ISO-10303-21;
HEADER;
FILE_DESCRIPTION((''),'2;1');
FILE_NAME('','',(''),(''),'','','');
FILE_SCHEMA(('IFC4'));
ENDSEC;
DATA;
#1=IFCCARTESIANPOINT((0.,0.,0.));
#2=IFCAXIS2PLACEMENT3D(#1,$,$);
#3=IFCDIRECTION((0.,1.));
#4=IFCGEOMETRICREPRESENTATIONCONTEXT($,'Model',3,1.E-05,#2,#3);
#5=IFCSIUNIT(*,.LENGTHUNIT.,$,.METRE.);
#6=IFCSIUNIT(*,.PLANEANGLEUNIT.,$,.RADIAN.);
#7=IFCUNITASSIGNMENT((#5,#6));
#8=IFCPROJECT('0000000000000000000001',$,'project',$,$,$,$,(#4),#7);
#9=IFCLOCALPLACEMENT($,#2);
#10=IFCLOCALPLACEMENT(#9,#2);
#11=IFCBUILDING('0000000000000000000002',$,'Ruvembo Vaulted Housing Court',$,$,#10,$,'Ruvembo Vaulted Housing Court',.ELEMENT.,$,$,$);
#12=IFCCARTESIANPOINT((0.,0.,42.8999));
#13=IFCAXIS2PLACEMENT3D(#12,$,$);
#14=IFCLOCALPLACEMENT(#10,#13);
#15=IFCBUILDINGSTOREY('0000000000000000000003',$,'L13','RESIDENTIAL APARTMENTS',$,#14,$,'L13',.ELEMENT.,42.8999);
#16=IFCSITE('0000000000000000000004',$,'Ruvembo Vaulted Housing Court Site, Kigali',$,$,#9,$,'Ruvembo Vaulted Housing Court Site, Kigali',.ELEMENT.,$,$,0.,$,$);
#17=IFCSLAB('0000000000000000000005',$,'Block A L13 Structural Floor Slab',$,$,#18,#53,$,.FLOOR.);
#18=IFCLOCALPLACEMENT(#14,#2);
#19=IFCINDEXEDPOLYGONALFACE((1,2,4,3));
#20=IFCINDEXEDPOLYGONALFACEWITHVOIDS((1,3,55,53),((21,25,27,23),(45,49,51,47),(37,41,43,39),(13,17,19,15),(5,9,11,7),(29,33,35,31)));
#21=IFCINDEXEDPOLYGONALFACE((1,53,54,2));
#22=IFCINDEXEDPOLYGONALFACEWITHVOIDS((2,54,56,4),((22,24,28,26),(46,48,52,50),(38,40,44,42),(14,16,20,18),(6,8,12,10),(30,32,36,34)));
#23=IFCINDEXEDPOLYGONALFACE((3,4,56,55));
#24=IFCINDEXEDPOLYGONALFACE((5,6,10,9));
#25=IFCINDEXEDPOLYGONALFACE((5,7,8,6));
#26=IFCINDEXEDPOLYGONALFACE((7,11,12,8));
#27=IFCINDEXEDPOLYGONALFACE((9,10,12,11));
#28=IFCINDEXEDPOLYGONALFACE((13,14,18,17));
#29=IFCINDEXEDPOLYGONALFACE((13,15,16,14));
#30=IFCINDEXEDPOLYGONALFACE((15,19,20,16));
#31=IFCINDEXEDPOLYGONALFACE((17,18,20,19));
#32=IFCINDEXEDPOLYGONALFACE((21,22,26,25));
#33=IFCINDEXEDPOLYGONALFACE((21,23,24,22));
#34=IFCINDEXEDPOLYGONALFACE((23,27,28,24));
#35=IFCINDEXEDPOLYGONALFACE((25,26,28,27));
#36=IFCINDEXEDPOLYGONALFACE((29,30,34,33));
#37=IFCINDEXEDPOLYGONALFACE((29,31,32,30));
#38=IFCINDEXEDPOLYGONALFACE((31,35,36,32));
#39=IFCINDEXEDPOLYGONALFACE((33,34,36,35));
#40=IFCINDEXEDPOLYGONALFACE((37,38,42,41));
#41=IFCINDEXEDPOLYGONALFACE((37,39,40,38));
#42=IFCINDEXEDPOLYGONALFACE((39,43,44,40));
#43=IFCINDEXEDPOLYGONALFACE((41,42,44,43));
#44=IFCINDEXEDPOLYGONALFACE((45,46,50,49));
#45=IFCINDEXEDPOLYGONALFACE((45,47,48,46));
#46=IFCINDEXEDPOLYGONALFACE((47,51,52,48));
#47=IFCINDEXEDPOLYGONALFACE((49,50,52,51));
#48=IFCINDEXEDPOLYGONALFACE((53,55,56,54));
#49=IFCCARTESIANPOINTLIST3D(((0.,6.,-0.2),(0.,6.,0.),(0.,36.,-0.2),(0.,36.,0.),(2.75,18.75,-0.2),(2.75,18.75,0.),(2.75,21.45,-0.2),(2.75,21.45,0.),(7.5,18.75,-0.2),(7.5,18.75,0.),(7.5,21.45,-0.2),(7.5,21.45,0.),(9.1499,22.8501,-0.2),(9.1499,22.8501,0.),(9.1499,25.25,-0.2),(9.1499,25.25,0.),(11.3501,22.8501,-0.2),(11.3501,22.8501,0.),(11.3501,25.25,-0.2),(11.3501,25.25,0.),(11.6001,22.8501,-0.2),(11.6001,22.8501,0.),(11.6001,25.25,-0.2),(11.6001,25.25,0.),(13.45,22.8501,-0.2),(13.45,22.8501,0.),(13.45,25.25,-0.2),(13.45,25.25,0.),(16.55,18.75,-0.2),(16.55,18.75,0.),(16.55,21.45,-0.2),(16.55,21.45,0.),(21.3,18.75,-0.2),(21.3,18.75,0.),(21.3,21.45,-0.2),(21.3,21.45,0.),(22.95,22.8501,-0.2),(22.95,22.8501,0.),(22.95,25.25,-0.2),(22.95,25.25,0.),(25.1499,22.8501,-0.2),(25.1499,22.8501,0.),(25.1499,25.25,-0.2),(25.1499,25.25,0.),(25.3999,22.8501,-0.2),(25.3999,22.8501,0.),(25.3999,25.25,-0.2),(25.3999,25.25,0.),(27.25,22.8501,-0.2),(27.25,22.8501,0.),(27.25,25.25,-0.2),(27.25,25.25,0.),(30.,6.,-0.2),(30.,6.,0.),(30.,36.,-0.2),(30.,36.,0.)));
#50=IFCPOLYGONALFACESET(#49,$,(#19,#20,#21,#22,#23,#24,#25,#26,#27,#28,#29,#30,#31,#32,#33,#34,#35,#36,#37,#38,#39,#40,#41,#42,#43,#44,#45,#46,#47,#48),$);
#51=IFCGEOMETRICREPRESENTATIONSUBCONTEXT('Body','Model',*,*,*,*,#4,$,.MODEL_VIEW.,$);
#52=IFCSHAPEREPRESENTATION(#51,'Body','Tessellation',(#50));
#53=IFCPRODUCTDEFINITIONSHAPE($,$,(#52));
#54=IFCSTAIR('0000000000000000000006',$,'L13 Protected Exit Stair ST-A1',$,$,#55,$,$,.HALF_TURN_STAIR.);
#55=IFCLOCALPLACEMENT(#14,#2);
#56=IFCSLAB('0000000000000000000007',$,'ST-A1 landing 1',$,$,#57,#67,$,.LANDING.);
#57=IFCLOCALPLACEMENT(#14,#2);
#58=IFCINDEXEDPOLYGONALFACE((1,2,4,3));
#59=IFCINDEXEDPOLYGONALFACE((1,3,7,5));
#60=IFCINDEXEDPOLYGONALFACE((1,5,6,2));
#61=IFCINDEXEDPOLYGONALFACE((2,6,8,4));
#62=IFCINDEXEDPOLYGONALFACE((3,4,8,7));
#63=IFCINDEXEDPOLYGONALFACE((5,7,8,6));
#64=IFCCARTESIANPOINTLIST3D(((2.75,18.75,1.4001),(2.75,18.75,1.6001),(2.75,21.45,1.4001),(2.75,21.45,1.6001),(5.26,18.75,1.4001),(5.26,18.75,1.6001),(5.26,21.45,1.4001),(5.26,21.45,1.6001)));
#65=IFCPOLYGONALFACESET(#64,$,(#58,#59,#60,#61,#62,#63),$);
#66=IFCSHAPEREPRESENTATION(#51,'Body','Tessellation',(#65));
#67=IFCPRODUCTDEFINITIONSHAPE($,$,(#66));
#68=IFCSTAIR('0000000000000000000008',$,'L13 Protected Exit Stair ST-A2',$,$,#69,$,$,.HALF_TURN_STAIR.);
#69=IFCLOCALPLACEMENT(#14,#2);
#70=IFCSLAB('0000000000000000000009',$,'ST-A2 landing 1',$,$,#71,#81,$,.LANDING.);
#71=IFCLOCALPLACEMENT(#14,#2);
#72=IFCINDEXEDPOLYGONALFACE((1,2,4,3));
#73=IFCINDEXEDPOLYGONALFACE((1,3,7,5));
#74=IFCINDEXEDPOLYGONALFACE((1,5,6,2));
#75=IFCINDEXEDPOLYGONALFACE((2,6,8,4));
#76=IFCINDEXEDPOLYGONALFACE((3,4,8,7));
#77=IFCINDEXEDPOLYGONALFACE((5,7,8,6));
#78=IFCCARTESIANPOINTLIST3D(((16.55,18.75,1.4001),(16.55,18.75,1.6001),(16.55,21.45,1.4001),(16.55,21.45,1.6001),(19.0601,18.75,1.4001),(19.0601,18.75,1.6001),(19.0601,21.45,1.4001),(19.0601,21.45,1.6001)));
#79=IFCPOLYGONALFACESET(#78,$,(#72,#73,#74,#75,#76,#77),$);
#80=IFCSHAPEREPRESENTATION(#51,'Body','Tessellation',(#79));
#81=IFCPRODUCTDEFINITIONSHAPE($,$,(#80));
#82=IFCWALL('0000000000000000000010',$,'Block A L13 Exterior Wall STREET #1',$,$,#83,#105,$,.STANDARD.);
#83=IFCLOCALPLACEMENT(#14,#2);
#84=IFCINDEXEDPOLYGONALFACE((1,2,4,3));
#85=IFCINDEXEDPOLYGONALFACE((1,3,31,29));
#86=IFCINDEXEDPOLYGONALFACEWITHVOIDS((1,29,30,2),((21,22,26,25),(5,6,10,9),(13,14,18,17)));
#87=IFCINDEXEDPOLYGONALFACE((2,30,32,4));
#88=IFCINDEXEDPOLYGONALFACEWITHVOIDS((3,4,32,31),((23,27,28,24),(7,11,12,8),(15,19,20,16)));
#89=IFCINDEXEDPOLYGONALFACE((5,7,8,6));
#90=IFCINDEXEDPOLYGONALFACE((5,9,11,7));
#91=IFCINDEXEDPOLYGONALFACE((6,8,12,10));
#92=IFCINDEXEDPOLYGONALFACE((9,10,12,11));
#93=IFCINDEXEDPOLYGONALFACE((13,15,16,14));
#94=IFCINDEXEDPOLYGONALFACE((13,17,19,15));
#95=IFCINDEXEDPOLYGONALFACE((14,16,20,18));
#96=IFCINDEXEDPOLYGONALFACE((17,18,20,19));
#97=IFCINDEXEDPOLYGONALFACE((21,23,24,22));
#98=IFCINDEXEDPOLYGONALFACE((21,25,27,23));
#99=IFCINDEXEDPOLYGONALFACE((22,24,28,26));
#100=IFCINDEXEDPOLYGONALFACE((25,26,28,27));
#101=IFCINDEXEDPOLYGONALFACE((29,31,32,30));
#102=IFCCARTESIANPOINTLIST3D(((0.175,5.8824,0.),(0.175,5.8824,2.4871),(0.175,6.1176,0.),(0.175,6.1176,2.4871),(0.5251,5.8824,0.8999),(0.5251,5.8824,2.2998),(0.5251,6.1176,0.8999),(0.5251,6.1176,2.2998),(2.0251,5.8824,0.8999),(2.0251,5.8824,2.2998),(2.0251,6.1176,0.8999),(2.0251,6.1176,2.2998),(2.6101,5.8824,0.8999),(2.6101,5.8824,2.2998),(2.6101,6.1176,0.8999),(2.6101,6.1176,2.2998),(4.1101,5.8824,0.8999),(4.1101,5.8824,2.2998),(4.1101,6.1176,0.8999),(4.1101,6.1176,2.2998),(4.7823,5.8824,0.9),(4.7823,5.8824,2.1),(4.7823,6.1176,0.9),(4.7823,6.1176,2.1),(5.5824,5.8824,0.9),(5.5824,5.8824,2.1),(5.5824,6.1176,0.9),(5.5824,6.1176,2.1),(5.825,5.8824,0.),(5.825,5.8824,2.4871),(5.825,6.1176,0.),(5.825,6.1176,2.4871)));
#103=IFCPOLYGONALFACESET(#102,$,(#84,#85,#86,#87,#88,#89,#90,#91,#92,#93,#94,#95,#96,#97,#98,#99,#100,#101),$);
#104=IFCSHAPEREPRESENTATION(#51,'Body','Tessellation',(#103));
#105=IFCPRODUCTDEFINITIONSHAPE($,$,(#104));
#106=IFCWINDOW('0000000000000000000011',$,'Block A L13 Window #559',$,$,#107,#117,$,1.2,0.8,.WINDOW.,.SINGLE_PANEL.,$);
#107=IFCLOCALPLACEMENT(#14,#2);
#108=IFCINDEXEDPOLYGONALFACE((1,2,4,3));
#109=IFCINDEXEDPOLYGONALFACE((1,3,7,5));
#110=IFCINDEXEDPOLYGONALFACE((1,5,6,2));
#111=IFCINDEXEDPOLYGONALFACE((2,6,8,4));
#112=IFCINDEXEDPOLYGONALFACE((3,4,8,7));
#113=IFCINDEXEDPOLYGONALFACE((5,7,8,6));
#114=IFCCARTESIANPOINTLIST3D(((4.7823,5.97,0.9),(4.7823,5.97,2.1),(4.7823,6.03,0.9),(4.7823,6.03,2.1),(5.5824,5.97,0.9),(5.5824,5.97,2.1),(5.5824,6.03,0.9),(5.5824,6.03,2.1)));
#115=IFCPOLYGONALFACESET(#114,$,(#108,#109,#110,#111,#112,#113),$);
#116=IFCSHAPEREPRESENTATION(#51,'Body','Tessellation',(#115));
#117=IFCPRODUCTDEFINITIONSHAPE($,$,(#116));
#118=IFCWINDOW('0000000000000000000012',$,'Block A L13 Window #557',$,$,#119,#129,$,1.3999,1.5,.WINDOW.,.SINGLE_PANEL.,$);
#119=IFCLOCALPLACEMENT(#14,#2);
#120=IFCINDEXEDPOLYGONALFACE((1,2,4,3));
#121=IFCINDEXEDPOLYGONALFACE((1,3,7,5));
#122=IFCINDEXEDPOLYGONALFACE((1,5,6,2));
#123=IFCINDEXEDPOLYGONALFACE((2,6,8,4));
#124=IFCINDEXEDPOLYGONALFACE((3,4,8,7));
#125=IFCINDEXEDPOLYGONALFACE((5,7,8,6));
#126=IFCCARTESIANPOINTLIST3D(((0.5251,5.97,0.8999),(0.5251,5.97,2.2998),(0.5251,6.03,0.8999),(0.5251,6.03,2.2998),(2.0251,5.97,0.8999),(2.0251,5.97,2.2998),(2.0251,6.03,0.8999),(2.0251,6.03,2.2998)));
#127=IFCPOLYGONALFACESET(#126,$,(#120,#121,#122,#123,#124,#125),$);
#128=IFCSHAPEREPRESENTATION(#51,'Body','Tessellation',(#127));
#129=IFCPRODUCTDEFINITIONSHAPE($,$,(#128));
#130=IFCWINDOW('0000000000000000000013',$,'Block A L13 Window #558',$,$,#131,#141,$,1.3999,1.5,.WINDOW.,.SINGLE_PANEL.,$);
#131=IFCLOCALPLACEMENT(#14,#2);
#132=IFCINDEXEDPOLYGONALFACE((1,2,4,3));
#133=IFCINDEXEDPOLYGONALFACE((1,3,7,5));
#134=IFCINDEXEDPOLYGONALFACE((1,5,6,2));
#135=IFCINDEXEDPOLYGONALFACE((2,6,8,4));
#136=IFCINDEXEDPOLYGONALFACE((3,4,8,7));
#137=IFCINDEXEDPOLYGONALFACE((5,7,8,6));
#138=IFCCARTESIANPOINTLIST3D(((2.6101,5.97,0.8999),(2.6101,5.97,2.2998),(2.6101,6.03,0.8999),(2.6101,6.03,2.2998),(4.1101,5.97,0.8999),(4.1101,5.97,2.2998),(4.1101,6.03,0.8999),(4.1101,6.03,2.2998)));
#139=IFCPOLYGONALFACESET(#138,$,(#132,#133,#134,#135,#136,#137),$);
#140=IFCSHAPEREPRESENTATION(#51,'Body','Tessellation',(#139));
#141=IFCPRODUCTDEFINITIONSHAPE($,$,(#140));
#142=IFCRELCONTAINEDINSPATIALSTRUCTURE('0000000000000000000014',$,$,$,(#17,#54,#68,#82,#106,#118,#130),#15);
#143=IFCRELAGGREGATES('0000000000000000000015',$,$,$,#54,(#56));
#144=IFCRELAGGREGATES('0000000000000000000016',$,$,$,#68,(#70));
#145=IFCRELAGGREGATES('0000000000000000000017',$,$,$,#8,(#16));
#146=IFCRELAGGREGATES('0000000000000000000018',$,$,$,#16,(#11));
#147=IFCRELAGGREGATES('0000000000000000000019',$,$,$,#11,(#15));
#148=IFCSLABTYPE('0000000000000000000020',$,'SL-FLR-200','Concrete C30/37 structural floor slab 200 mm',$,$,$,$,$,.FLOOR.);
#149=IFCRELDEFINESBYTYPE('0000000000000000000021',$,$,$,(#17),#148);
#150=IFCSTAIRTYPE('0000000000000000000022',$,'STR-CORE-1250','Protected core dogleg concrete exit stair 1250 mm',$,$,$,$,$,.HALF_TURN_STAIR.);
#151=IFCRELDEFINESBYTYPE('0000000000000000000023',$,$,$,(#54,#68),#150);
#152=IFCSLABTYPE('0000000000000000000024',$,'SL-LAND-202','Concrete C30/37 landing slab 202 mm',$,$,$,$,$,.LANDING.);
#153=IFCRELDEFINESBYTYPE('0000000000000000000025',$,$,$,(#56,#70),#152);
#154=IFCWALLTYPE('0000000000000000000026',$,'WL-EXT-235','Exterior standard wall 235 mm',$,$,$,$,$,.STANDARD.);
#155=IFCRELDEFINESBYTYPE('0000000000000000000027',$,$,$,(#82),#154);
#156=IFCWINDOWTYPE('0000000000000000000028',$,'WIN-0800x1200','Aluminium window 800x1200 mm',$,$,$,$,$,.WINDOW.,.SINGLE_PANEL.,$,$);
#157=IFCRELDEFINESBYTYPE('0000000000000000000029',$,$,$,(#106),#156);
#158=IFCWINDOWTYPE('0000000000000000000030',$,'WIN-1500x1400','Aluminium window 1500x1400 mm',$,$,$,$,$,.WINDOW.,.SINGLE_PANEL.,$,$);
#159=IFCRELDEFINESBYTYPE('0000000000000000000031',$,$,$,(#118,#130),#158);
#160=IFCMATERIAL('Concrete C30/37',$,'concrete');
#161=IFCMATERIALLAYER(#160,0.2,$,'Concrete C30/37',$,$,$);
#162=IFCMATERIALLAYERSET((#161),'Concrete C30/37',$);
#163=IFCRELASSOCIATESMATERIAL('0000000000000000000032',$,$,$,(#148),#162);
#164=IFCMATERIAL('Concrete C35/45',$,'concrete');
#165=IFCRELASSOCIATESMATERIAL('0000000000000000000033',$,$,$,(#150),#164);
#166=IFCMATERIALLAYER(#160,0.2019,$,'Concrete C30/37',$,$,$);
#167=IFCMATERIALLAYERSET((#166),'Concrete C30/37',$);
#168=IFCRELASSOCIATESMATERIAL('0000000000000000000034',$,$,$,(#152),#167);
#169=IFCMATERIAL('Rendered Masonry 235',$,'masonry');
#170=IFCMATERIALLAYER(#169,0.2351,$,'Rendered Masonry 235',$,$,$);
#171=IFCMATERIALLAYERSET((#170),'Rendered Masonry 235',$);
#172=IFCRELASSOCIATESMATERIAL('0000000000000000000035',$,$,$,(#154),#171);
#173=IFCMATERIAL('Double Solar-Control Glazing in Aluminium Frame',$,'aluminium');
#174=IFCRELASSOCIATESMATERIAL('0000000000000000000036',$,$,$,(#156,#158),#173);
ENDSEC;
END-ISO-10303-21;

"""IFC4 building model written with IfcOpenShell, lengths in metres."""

from ifc_helpers import new_model, si_unit, direction, frame, frame_2d, origin, place, context, subcontext, project, spatial, polyline, rectangle, outline, extrude, material, layer, layer_set, type_object, element, fill, aggregate, save


model = new_model("IFC4")

# Units and contexts
model_context = context("Model", 3, precision=1e-05, world=origin(), true_north=direction((0.0, 1.0)))
body_context = subcontext(model_context, "Body", "Model", "MODEL_VIEW")
ifc_project = project(units=[si_unit("LENGTHUNIT", "METRE"), si_unit("PLANEANGLEUNIT", "RADIAN")], contexts=[model_context])

# Site, building, storey
site_placement = place(None, origin())
site = spatial("IfcSite", under=ifc_project, at=site_placement, Name="Ruvembo Vaulted Housing Court Site, Kigali", LongName="Ruvembo Vaulted Housing Court Site, Kigali", CompositionType="ELEMENT", RefElevation=0.0)
building_placement = place(site_placement, origin())
building = spatial("IfcBuilding", under=site, at=building_placement, Name="Ruvembo Vaulted Housing Court", LongName="Ruvembo Vaulted Housing Court", CompositionType="ELEMENT")
storey_placement = place(building_placement, frame((0.0, 0.0, 42.8999)))
storey = spatial("IfcBuildingStorey", under=building, at=storey_placement, Name="L13", Description="RESIDENTIAL APARTMENTS", LongName="L13", CompositionType="ELEMENT", Elevation=42.8999)

# Shared definitions
ifc_material_1 = material(Name="Concrete C35/45", Category="concrete")

# Shared definitions
ifc_material_2 = material(Name="Concrete C30/37", Category="concrete")

# Slab
ifc_layer_1 = layer(ifc_material_2, 0.2, Name="Concrete C30/37")
ifc_layer_set_1 = layer_set([ifc_layer_1], Name="Concrete C30/37")
slab_type_1 = type_object("IfcSlabType", Name="SL-FLR-200", Description="Concrete C30/37 structural floor slab 200 mm", PredefinedType="FLOOR", material=ifc_layer_set_1)
slab_1_placement = place(storey_placement, frame((0.0, 0.0, -0.2)))
element("IfcSlab", 1, at=slab_1_placement, inside=storey, type_object=slab_type_1, Name="Block A L13 Structural Floor Slab", PredefinedType="FLOOR", context=body_context, shape_type="SweptSolid", body=[
    extrude(outline(polyline([(30.0, 6.0), (30.0, 36.0), (0.0, 36.0), (0.0, 6.0), (30.0, 6.0)]), holes=[polyline([(7.5, 21.45), (2.75, 21.45), (2.75, 18.75), (7.5, 18.75), (7.5, 21.45)]), polyline([(9.1499, 22.8501), (11.3501, 22.8501), (11.3501, 25.25), (9.1499, 25.25), (9.1499, 22.8501)]), polyline([(11.6001, 22.8501), (13.45, 22.8501), (13.45, 25.25), (11.6001, 25.25), (11.6001, 22.8501)]), polyline([(21.3, 21.45), (16.55, 21.45), (16.55, 18.75), (21.3, 18.75), (21.3, 21.45)]), polyline([(22.95, 22.8501), (25.1499, 22.8501), (25.1499, 25.25), (22.95, 25.25), (22.95, 22.8501)]), polyline([(25.3999, 22.8501), (27.25, 22.8501), (27.25, 25.25), (25.3999, 25.25), (25.3999, 22.8501)])]), origin(), (0.0, 0.0, 1.0), 0.2),
])

# Stairs, slabs
stair_type = type_object("IfcStairType", Name="STR-CORE-1250", Description="Protected core dogleg concrete exit stair 1250 mm", PredefinedType="HALF_TURN_STAIR", material=ifc_material_1)
stair_1_placement = place(storey_placement, origin())
stair_1 = element("IfcStair", 2, at=stair_1_placement, inside=storey, type_object=stair_type, Name="L13 Protected Exit Stair ST-A1", PredefinedType="HALF_TURN_STAIR")
ifc_layer_2 = layer(ifc_material_2, 0.2019, Name="Concrete C30/37")
ifc_layer_set_2 = layer_set([ifc_layer_2], Name="Concrete C30/37")
slab_type_2 = type_object("IfcSlabType", Name="SL-LAND-202", Description="Concrete C30/37 landing slab 202 mm", PredefinedType="LANDING", material=ifc_layer_set_2)
slab_2_placement = place(storey_placement, frame((0.0, 0.0, 1.4001)))
slab_2 = element("IfcSlab", 3, at=slab_2_placement, type_object=slab_type_2, Name="ST-A1 landing 1", PredefinedType="LANDING", context=body_context, shape_type="SweptSolid", body=[
    extrude(outline(polyline([(5.26, 21.45), (2.75, 21.45), (2.75, 18.75), (5.26, 18.75), (5.26, 21.45)])), origin(), (0.0, 0.0, 1.0), 0.2),
])
aggregate(stair_1, [slab_2])
stair_2_placement = place(storey_placement, origin())
stair_2 = element("IfcStair", 4, at=stair_2_placement, inside=storey, type_object=stair_type, Name="L13 Protected Exit Stair ST-A2", PredefinedType="HALF_TURN_STAIR")
slab_3_placement = place(storey_placement, frame((0.0, 0.0, 1.4001)))
slab_3 = element("IfcSlab", 5, at=slab_3_placement, type_object=slab_type_2, Name="ST-A2 landing 1", PredefinedType="LANDING", context=body_context, shape_type="SweptSolid", body=[
    extrude(outline(polyline([(19.0601, 21.45), (16.55, 21.45), (16.55, 18.75), (19.0601, 18.75), (19.0601, 21.45)])), origin(), (0.0, 0.0, 1.0), 0.2),
])
aggregate(stair_2, [slab_3])

# Wall, openings, windows
ifc_material_3 = material(Name="Rendered Masonry 235", Category="masonry")
ifc_layer_3 = layer(ifc_material_3, 0.2351, Name="Rendered Masonry 235")
ifc_layer_set_3 = layer_set([ifc_layer_3], Name="Rendered Masonry 235")
wall_type_1 = type_object("IfcWallType", Name="WL-EXT-235", Description="Exterior standard wall 235 mm", PredefinedType="STANDARD", material=ifc_layer_set_3)
wall_1_placement = place(storey_placement, frame((0.175, 6.0, 0.0), z_axis=(0.0, 0.0, 1.0), x_axis=(1.0, 0.0, 0.0)))
wall_1 = element("IfcWall", 6, at=wall_1_placement, inside=storey, type_object=wall_type_1, Name="Block A L13 Exterior Wall STREET #1", PredefinedType="STANDARD", context=body_context, shape_type="SweptSolid", body=[
    extrude(rectangle(XDim=5.6499, YDim=0.2351, at=frame_2d((2.825, 0.0))), origin(), (0.0, 0.0, 1.0), 2.4871),
])
opening_1_placement = place(wall_1_placement, frame((0.3501, 0.0, 0.8999)))
opening_1 = element("IfcOpeningElement", 7, at=opening_1_placement, cuts=wall_1, PredefinedType="OPENING", context=body_context, shape_type="SweptSolid", body=[
    extrude(rectangle(XDim=1.5, YDim=1.3999, at=frame_2d((0.75, 0.7))), frame((0.0, 0.1274, 0.0), z_axis=(0.0, -1.0, 0.0), x_axis=(1.0, 0.0, 0.0)), (0.0, 0.0, 1.0), 0.2551),
])
opening_2_placement = place(wall_1_placement, frame((2.4351, 0.0, 0.8999)))
opening_2 = element("IfcOpeningElement", 8, at=opening_2_placement, cuts=wall_1, PredefinedType="OPENING", context=body_context, shape_type="SweptSolid", body=[
    extrude(rectangle(XDim=1.5, YDim=1.3999, at=frame_2d((0.75, 0.7))), frame((0.0, 0.1274, 0.0), z_axis=(0.0, -1.0, 0.0), x_axis=(1.0, 0.0, 0.0)), (0.0, 0.0, 1.0), 0.2551),
])
opening_3_placement = place(wall_1_placement, frame((4.6074, 0.0, 0.8999)))
opening_3 = element("IfcOpeningElement", 9, at=opening_3_placement, cuts=wall_1, PredefinedType="OPENING", context=body_context, shape_type="SweptSolid", body=[
    extrude(rectangle(XDim=0.8, YDim=1.2, at=frame_2d((0.3999, 0.6001))), frame((0.0, 0.1274, 0.0), z_axis=(0.0, -1.0, 0.0), x_axis=(1.0, 0.0, 0.0)), (0.0, 0.0, 1.0), 0.2551),
])
ifc_material_4 = material(Name="Double Solar-Control Glazing in Aluminium Frame", Category="aluminium")
window_type_1 = type_object("IfcWindowType", Name="WIN-0800x1200", Description="Aluminium window 800x1200 mm", PartitioningType="SINGLE_PANEL", PredefinedType="WINDOW", material=ifc_material_4)
window_1_placement = place(opening_3_placement, origin())
window_1 = element("IfcWindow", 10, at=window_1_placement, inside=storey, type_object=window_type_1, Name="Block A L13 Window #559", OverallHeight=1.2, OverallWidth=0.8, PartitioningType="SINGLE_PANEL", PredefinedType="WINDOW", context=body_context, shape_type="SweptSolid", body=[
    extrude(rectangle(XDim=0.8, YDim=1.2, at=frame_2d((0.3999, 0.6001))), frame((0.0, 0.03, 0.0), z_axis=(0.0, -1.0, 0.0), x_axis=(1.0, 0.0, 0.0)), (0.0, 0.0, 1.0), 0.0601),
])
fill(opening_3, window_1)
window_type_2 = type_object("IfcWindowType", Name="WIN-1500x1400", Description="Aluminium window 1500x1400 mm", PartitioningType="SINGLE_PANEL", PredefinedType="WINDOW", material=ifc_material_4)
window_2_placement = place(opening_1_placement, origin())
window_2 = element("IfcWindow", 11, at=window_2_placement, inside=storey, type_object=window_type_2, Name="Block A L13 Window #557", OverallHeight=1.3999, OverallWidth=1.5, PartitioningType="SINGLE_PANEL", PredefinedType="WINDOW", context=body_context, shape_type="SweptSolid", body=[
    extrude(rectangle(XDim=1.5, YDim=1.3999, at=frame_2d((0.75, 0.7))), frame((0.0, 0.03, 0.0), z_axis=(0.0, -1.0, 0.0), x_axis=(1.0, 0.0, 0.0)), (0.0, 0.0, 1.0), 0.0601),
])
fill(opening_1, window_2)
window_3_placement = place(opening_2_placement, origin())
window_3 = element("IfcWindow", 12, at=window_3_placement, inside=storey, type_object=window_type_2, Name="Block A L13 Window #558", OverallHeight=1.3999, OverallWidth=1.5, PartitioningType="SINGLE_PANEL", PredefinedType="WINDOW", context=body_context, shape_type="SweptSolid", body=[
    extrude(rectangle(XDim=1.5, YDim=1.3999, at=frame_2d((0.75, 0.7))), frame((0.0, 0.03, 0.0), z_axis=(0.0, -1.0, 0.0), x_axis=(1.0, 0.0, 0.0)), (0.0, 0.0, 1.0), 0.0601),
])
fill(opening_2, window_3)

save(model, "model.ifc")
